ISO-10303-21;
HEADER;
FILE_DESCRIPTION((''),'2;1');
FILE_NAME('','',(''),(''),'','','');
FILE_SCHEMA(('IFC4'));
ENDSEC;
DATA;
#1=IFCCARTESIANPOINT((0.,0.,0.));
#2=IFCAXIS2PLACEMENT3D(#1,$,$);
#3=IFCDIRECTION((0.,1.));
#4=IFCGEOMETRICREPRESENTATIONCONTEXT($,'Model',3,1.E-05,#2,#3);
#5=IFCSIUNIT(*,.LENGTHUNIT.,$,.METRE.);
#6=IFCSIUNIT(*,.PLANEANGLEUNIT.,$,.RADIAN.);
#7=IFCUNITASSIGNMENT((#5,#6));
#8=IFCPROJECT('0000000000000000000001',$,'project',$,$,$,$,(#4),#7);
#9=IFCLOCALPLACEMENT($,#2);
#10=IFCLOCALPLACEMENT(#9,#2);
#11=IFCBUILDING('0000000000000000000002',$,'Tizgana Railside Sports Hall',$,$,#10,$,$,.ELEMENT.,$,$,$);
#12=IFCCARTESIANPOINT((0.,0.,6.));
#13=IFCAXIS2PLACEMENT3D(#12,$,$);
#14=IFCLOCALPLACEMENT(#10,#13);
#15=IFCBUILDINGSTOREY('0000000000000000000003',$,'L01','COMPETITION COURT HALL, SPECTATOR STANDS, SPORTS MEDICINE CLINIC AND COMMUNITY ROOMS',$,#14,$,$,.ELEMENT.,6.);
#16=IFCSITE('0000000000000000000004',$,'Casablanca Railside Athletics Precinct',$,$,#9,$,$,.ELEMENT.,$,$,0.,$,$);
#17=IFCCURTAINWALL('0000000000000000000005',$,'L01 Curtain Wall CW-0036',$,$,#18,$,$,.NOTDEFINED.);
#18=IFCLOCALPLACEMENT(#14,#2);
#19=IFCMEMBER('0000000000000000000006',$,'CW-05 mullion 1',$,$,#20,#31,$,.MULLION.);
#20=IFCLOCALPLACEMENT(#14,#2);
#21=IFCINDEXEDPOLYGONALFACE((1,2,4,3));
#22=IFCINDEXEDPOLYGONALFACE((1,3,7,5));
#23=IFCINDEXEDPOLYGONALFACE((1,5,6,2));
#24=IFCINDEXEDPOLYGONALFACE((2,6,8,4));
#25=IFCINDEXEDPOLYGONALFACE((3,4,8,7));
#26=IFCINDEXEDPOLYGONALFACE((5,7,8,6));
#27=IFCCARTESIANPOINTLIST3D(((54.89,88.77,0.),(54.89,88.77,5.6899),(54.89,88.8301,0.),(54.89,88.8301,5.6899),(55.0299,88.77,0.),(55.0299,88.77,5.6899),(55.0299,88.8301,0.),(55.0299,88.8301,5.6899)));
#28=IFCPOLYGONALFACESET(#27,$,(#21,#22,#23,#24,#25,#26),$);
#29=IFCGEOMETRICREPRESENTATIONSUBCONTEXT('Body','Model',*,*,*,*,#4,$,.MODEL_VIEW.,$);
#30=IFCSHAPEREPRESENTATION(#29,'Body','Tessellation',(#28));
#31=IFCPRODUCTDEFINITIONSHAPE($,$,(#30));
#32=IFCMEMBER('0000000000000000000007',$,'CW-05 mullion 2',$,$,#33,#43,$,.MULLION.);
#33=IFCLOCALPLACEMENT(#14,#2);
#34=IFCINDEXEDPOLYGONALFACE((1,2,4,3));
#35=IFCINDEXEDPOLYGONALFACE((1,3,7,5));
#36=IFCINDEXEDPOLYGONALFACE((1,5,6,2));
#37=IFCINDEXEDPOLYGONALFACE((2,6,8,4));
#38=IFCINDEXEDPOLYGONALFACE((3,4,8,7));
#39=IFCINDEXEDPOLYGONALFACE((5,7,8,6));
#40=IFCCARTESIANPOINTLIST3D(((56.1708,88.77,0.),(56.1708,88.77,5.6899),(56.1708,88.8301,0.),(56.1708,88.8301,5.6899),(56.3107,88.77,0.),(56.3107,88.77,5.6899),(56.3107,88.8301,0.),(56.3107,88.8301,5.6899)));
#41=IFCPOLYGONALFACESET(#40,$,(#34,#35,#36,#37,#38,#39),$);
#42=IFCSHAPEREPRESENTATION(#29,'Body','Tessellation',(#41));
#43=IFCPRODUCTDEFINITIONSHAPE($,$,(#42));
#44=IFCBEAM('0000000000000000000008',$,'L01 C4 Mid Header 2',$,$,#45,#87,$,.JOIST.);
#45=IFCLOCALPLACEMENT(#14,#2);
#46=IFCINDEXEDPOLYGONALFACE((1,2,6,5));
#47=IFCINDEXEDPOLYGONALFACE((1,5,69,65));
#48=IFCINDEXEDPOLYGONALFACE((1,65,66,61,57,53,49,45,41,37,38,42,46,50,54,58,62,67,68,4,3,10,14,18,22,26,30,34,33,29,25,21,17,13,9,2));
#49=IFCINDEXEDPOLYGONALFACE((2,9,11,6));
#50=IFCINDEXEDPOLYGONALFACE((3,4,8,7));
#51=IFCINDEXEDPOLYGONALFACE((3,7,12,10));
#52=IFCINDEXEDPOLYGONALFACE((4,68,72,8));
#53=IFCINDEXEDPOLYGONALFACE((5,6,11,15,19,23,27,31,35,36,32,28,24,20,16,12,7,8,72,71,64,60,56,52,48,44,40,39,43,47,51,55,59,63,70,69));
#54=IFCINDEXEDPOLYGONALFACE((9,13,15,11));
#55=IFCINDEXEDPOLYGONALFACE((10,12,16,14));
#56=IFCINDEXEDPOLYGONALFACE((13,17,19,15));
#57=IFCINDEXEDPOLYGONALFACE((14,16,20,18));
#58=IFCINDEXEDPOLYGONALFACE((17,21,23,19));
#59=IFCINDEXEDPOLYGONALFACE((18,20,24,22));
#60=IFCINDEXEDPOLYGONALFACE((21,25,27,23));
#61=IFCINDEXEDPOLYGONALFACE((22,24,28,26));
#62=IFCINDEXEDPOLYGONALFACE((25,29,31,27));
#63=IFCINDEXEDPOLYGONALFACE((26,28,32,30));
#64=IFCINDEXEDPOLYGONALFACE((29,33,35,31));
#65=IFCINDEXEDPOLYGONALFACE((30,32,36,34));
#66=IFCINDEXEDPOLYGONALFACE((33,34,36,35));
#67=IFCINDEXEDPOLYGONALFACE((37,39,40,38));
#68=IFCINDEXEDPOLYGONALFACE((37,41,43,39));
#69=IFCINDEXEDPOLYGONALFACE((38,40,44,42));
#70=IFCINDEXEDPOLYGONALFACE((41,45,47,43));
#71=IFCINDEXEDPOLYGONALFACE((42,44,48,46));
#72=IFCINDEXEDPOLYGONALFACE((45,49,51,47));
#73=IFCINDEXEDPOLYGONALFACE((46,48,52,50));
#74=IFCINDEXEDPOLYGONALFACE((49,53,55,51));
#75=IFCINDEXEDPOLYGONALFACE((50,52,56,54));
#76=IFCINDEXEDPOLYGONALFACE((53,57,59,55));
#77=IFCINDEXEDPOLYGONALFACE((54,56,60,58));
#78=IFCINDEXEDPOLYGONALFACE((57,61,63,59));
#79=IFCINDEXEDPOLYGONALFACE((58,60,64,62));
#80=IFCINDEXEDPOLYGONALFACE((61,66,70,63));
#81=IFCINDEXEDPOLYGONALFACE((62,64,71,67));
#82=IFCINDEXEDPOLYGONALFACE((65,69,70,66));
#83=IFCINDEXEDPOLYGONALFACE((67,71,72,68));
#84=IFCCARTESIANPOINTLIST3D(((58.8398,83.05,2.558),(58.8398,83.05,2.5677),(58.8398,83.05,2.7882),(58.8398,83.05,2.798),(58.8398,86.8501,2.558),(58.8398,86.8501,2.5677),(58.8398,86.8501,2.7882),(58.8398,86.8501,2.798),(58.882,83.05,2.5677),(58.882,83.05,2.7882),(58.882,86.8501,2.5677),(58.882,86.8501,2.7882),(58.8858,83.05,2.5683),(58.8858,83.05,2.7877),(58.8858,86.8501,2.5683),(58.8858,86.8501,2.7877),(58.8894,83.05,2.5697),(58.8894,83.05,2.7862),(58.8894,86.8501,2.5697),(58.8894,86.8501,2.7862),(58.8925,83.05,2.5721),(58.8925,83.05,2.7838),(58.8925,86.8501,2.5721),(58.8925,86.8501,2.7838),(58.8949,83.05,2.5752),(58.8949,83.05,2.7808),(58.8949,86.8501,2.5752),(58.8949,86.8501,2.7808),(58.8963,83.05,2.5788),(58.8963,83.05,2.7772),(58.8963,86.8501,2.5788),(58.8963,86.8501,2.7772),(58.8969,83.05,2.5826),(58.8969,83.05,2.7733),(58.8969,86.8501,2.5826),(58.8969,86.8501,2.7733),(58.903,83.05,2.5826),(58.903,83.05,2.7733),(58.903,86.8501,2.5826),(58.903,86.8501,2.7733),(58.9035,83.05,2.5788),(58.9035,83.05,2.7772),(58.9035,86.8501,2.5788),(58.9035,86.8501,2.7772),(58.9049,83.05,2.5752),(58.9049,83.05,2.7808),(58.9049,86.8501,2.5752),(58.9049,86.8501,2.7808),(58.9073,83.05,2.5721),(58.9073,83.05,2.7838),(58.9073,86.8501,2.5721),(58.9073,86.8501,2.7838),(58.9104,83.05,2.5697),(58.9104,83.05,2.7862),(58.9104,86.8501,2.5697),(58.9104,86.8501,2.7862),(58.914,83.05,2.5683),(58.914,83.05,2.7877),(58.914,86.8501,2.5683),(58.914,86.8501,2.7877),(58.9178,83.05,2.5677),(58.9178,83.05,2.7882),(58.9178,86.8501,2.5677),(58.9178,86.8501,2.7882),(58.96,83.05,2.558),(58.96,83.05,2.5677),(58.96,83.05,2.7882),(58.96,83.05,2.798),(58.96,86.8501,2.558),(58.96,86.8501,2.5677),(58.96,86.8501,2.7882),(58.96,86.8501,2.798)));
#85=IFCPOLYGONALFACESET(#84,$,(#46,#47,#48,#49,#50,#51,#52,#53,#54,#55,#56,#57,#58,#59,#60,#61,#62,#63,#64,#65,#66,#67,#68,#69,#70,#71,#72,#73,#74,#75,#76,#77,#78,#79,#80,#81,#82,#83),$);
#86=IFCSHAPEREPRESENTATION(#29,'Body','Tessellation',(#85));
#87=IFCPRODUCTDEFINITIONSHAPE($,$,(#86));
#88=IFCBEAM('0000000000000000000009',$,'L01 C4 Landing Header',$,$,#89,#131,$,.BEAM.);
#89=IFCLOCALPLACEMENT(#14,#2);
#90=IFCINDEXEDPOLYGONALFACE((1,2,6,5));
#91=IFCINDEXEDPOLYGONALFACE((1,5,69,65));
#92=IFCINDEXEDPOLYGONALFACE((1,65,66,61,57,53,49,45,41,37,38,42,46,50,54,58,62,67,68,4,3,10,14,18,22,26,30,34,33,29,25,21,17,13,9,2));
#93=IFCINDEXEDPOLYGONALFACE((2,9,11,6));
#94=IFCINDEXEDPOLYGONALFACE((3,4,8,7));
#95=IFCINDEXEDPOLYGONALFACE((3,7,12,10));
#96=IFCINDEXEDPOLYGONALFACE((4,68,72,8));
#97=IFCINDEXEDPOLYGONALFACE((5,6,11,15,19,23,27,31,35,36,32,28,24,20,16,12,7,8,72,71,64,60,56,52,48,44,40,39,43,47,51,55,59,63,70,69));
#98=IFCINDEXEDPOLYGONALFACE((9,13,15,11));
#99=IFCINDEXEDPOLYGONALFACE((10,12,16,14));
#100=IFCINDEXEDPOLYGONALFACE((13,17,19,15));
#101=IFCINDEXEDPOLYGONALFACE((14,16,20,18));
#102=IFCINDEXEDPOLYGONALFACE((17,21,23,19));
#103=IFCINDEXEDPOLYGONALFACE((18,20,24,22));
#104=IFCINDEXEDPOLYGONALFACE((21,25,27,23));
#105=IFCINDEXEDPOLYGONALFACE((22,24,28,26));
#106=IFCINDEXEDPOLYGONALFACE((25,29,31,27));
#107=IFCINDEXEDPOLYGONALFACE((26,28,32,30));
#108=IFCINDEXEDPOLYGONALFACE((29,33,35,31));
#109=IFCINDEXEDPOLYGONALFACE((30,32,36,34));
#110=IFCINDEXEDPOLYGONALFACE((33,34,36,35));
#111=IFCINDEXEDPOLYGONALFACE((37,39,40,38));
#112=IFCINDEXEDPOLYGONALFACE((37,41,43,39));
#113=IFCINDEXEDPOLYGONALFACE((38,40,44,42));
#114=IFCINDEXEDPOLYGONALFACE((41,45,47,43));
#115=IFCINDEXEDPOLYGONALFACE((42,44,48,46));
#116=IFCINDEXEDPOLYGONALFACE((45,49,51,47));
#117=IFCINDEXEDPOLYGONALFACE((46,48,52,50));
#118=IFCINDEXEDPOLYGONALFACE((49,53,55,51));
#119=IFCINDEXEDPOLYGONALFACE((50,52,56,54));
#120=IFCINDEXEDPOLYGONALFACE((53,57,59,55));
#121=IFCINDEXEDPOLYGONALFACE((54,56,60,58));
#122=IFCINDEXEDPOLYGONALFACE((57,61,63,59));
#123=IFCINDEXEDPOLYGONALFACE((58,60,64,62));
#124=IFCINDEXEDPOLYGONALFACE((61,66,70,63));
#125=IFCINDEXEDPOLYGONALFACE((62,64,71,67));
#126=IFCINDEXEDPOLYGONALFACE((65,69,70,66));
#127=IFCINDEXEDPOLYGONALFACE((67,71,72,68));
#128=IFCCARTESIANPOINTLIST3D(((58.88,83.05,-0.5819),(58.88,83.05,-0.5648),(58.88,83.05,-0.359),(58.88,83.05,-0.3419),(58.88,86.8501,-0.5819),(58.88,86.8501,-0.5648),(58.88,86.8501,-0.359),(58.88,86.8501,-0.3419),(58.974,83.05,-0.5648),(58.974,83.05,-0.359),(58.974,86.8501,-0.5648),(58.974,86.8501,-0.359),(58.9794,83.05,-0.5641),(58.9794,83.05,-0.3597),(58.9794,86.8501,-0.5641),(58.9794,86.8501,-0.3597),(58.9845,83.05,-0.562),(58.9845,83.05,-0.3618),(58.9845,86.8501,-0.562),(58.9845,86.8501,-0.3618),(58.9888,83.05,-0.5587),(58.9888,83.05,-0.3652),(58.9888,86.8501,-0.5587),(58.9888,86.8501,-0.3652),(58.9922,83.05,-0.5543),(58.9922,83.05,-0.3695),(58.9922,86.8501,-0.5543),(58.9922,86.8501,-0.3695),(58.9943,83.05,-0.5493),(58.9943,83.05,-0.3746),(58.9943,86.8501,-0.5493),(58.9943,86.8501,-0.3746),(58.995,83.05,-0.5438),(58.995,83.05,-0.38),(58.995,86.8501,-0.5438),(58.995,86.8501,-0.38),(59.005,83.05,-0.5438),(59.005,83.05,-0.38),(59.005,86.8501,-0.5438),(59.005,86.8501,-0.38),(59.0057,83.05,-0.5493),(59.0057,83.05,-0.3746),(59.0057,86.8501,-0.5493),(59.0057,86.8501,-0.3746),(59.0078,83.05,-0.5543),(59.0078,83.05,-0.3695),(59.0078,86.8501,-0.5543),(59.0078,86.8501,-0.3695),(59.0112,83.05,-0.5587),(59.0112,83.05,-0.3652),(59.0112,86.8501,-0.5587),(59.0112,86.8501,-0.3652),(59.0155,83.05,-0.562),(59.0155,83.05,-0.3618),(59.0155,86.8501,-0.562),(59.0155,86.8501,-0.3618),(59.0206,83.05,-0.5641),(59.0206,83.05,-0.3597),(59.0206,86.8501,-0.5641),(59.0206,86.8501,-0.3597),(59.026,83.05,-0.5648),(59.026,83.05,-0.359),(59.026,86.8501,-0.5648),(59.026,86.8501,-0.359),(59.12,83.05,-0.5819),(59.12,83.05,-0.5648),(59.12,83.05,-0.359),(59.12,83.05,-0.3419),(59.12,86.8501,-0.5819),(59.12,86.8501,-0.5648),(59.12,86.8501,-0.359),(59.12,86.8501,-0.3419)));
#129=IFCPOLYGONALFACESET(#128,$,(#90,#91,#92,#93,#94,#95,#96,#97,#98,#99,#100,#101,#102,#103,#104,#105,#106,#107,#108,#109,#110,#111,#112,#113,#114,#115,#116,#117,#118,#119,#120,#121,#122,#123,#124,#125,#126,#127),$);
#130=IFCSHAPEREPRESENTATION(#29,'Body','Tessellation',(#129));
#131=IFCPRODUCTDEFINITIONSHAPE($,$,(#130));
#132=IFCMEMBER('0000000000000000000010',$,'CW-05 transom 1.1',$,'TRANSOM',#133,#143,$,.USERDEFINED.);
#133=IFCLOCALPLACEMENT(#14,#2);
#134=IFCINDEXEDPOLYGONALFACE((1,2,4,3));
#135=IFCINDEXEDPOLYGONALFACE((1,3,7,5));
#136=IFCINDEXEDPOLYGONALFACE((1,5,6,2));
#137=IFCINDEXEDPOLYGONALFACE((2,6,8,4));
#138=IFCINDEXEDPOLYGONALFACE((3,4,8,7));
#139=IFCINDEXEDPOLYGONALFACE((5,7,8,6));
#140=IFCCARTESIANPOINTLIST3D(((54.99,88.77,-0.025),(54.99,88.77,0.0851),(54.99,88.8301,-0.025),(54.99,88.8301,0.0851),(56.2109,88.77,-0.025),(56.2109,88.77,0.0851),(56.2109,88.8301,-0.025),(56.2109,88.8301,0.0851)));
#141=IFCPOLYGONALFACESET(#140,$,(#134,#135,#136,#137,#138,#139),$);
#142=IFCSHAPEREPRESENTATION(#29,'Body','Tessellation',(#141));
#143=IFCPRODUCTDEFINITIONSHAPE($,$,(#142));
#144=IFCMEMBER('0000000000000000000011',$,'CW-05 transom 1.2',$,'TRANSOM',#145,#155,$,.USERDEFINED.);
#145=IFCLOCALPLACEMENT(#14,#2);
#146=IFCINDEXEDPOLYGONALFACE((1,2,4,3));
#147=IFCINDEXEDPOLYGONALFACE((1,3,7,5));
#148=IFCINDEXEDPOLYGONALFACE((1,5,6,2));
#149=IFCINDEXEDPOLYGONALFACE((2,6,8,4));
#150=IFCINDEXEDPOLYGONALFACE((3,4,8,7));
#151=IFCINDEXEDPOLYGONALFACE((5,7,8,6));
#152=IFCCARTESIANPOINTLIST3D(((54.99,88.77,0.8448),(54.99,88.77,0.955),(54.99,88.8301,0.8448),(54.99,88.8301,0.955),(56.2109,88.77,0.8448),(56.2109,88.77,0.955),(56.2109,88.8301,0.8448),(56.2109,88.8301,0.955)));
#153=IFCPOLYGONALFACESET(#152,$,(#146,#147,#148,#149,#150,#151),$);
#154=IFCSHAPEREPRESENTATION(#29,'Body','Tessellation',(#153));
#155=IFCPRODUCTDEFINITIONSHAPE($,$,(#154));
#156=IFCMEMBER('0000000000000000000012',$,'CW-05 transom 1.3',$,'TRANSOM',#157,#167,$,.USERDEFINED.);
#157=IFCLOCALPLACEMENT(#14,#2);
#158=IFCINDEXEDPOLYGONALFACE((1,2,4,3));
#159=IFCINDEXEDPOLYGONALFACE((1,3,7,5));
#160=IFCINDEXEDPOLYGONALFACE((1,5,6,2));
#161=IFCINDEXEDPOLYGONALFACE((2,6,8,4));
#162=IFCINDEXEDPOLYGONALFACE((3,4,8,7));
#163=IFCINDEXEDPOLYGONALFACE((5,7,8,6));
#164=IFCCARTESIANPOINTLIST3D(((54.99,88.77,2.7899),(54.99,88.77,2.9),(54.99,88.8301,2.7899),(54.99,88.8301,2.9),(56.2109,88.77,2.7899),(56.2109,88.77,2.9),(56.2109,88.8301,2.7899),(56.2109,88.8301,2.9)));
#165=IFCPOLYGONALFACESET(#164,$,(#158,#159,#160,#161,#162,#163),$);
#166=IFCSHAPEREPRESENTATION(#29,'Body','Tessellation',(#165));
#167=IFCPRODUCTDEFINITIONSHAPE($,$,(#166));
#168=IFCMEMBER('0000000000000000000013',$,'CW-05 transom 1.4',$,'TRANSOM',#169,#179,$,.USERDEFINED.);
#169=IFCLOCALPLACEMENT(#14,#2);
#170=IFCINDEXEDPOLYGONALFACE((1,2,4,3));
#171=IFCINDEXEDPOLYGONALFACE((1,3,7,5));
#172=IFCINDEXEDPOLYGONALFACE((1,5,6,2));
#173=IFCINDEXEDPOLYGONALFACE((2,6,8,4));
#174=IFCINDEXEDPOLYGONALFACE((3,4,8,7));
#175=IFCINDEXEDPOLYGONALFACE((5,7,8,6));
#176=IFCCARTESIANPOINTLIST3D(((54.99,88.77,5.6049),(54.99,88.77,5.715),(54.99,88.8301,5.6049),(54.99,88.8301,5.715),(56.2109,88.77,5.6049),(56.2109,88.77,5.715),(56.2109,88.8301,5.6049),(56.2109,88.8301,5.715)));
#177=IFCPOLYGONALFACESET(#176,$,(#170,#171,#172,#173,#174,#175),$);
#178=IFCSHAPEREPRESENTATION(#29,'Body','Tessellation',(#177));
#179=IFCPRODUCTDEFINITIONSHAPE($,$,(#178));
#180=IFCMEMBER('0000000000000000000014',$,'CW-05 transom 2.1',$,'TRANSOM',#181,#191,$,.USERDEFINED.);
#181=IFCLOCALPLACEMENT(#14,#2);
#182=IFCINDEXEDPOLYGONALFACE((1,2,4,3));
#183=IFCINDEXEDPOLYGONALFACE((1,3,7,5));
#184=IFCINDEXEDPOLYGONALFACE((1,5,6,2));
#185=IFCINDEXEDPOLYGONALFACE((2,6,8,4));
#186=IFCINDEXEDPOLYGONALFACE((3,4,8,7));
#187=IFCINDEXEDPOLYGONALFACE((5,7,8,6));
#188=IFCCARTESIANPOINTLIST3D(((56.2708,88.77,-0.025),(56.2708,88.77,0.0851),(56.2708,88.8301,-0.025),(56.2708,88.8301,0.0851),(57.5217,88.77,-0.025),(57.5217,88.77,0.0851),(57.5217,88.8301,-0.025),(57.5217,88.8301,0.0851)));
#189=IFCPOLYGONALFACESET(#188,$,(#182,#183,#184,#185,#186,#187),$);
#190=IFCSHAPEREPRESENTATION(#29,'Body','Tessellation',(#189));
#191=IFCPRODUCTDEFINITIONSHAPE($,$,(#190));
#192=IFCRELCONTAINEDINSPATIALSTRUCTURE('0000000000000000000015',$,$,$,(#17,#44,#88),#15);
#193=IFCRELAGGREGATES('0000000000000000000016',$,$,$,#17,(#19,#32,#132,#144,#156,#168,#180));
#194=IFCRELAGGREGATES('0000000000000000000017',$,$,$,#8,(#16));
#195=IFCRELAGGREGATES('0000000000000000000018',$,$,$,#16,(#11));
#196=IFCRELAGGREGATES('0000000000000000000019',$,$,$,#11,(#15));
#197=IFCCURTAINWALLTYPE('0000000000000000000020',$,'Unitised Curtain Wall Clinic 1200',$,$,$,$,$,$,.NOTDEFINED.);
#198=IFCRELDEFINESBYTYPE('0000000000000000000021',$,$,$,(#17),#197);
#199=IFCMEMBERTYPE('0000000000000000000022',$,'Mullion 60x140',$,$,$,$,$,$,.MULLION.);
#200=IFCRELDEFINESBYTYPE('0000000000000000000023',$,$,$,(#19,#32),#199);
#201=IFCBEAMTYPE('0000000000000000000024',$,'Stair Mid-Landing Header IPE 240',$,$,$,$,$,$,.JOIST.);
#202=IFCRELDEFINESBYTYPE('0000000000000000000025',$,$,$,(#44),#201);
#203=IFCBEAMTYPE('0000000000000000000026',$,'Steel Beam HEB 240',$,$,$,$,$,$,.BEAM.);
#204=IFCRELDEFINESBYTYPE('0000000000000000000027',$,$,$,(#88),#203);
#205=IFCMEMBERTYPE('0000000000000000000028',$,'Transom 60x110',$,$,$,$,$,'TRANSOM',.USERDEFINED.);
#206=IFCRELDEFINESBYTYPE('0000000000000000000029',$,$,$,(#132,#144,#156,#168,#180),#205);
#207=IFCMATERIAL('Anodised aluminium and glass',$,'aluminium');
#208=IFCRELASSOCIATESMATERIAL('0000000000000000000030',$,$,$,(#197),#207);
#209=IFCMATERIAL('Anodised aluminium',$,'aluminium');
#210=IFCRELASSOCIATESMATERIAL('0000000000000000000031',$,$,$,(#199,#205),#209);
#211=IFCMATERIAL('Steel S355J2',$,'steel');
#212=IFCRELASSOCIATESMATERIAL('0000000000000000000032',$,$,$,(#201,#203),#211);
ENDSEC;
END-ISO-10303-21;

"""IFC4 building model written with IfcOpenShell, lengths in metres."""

from ifc_helpers import new_model, si_unit, direction, frame, origin, origin_2d, place, context, subcontext, project, spatial, rectangle, i_section, extrude, material, material_profile, profile_set, type_object, element, aggregate, save


model = new_model("IFC4")

# Units and contexts
model_context = context("Model", 3, precision=1e-05, world=origin(), true_north=direction((0.0, 1.0)))
body_context = subcontext(model_context, "Body", "Model", "MODEL_VIEW")
ifc_project = project(units=[si_unit("LENGTHUNIT", "METRE"), si_unit("PLANEANGLEUNIT", "RADIAN")], contexts=[model_context])

# Site, building, storey
site_placement = place(None, origin())
site = spatial("IfcSite", under=ifc_project, at=site_placement, Name="Casablanca Railside Athletics Precinct", CompositionType="ELEMENT", RefElevation=0.0)
building_placement = place(site_placement, origin())
building = spatial("IfcBuilding", under=site, at=building_placement, Name="Tizgana Railside Sports Hall", CompositionType="ELEMENT")
storey_placement = place(building_placement, frame((0.0, 0.0, 6.0)))
storey = spatial("IfcBuildingStorey", under=building, at=storey_placement, Name="L01", Description="COMPETITION COURT HALL, SPECTATOR STANDS, SPORTS MEDICINE CLINIC AND COMMUNITY ROOMS", CompositionType="ELEMENT", Elevation=6.0)

# Curtain wall, members
ifc_material_1 = material(Name="Anodised aluminium and glass", Category="aluminium")
curtain_wall_type = type_object("IfcCurtainWallType", Name="Unitised Curtain Wall Clinic 1200", PredefinedType="NOTDEFINED", material=ifc_material_1)
curtain_wall_placement = place(storey_placement, origin())
curtain_wall = element("IfcCurtainWall", 1, at=curtain_wall_placement, inside=storey, type_object=curtain_wall_type, Name="L01 Curtain Wall CW-0036", PredefinedType="NOTDEFINED")
ifc_material_2 = material(Name="Anodised aluminium", Category="aluminium")
ifc_material_profile_1 = material_profile(ifc_material_2, rectangle(XDim=0.0601, YDim=0.1399, at=origin_2d()), Name="Mullion 60x140")
ifc_profile_set_1 = profile_set([ifc_material_profile_1], Name="Anodised aluminium")
member_type_1 = type_object("IfcMemberType", Name="Mullion 60x140", PredefinedType="MULLION", material=ifc_profile_set_1)
member_1_placement = place(storey_placement, frame((54.96, 88.8, 0.0), z_axis=(0.0, 0.0, 1.0), x_axis=(0.0, 1.0, 0.0)))
member_1 = element("IfcMember", 2, at=member_1_placement, type_object=member_type_1, Name="CW-05 mullion 1", PredefinedType="MULLION", context=body_context, shape_type="SweptSolid", body=[
    extrude(rectangle(XDim=0.0601, YDim=0.1399, at=origin_2d()), origin(), (0.0, 0.0, 1.0), 5.6899),
])
member_2_placement = place(storey_placement, frame((56.2407, 88.8, 0.0), z_axis=(0.0, 0.0, 1.0), x_axis=(0.0, 1.0, 0.0)))
member_2 = element("IfcMember", 3, at=member_2_placement, type_object=member_type_1, Name="CW-05 mullion 2", PredefinedType="MULLION", context=body_context, shape_type="SweptSolid", body=[
    extrude(rectangle(XDim=0.0601, YDim=0.1399, at=origin_2d()), origin(), (0.0, 0.0, 1.0), 5.6899),
])

# Beams
ifc_material_3 = material(Name="Steel S355J2", Category="steel")
ifc_material_profile_2 = material_profile(ifc_material_3, i_section(OverallWidth=0.1201, OverallDepth=0.24, WebThickness=0.0061, FlangeThickness=0.0098, FilletRadius=0.0149, at=origin_2d()), Name="IPE 240")
ifc_profile_set_2 = profile_set([ifc_material_profile_2], Name="Steel S355J2")
beam_type_1 = type_object("IfcBeamType", Name="Stair Mid-Landing Header IPE 240", PredefinedType="JOIST", material=ifc_profile_set_2)
beam_1_placement = place(storey_placement, frame((58.8999, 83.05, 2.678), z_axis=(0.0, 1.0, 0.0), x_axis=(-1.0, 0.0, 0.0)))
element("IfcBeam", 4, at=beam_1_placement, inside=storey, type_object=beam_type_1, Name="L01 C4 Mid Header 2", PredefinedType="JOIST", context=body_context, shape_type="SweptSolid", body=[
    extrude(i_section(OverallWidth=0.1201, OverallDepth=0.24, WebThickness=0.0061, FlangeThickness=0.0098, FilletRadius=0.0149, at=origin_2d()), origin(), (0.0, 0.0, 1.0), 3.8),
])
ifc_material_profile_3 = material_profile(ifc_material_3, i_section(OverallWidth=0.24, OverallDepth=0.24, WebThickness=0.01, FlangeThickness=0.0171, FilletRadius=0.021, at=origin_2d()), Name="HEB 240")
ifc_profile_set_3 = profile_set([ifc_material_profile_3], Name="Steel S355J2")
beam_type_2 = type_object("IfcBeamType", Name="Steel Beam HEB 240", PredefinedType="BEAM", material=ifc_profile_set_3)
beam_2_placement = place(storey_placement, frame((59.0, 83.05, -0.4619), z_axis=(0.0, 1.0, 0.0), x_axis=(-1.0, 0.0, 0.0)))
element("IfcBeam", 5, at=beam_2_placement, inside=storey, type_object=beam_type_2, Name="L01 C4 Landing Header", PredefinedType="BEAM", context=body_context, shape_type="SweptSolid", body=[
    extrude(i_section(OverallWidth=0.24, OverallDepth=0.24, WebThickness=0.01, FlangeThickness=0.0171, FilletRadius=0.021, at=origin_2d()), origin(), (0.0, 0.0, 1.0), 3.8),
])

# Members
ifc_material_profile_4 = material_profile(ifc_material_2, rectangle(XDim=0.0601, YDim=0.1101, at=origin_2d()), Name="Transom 60x110")
ifc_profile_set_4 = profile_set([ifc_material_profile_4], Name="Anodised aluminium")
member_type_2 = type_object("IfcMemberType", Name="Transom 60x110", ElementType="TRANSOM", PredefinedType="USERDEFINED", material=ifc_profile_set_4)
member_3_placement = place(storey_placement, frame((54.99, 88.8, 0.03), z_axis=(1.0, 0.0, 0.0), x_axis=(0.0, 1.0, 0.0)))
member_3 = element("IfcMember", 6, at=member_3_placement, type_object=member_type_2, Name="CW-05 transom 1.1", ObjectType="TRANSOM", PredefinedType="USERDEFINED", context=body_context, shape_type="SweptSolid", body=[
    extrude(rectangle(XDim=0.0601, YDim=0.1101, at=origin_2d()), origin(), (0.0, 0.0, 1.0), 1.2209),
])
member_4_placement = place(storey_placement, frame((54.99, 88.8, 0.8999), z_axis=(1.0, 0.0, 0.0), x_axis=(0.0, 1.0, 0.0)))
member_4 = element("IfcMember", 7, at=member_4_placement, type_object=member_type_2, Name="CW-05 transom 1.2", ObjectType="TRANSOM", PredefinedType="USERDEFINED", context=body_context, shape_type="SweptSolid", body=[
    extrude(rectangle(XDim=0.0601, YDim=0.1101, at=origin_2d()), origin(), (0.0, 0.0, 1.0), 1.2209),
])
member_5_placement = place(storey_placement, frame((54.99, 88.8, 2.845), z_axis=(1.0, 0.0, 0.0), x_axis=(0.0, 1.0, 0.0)))
member_5 = element("IfcMember", 8, at=member_5_placement, type_object=member_type_2, Name="CW-05 transom 1.3", ObjectType="TRANSOM", PredefinedType="USERDEFINED", context=body_context, shape_type="SweptSolid", body=[
    extrude(rectangle(XDim=0.0601, YDim=0.1101, at=origin_2d()), origin(), (0.0, 0.0, 1.0), 1.2209),
])
member_6_placement = place(storey_placement, frame((54.99, 88.8, 5.6599), z_axis=(1.0, 0.0, 0.0), x_axis=(0.0, 1.0, 0.0)))
member_6 = element("IfcMember", 9, at=member_6_placement, type_object=member_type_2, Name="CW-05 transom 1.4", ObjectType="TRANSOM", PredefinedType="USERDEFINED", context=body_context, shape_type="SweptSolid", body=[
    extrude(rectangle(XDim=0.0601, YDim=0.1101, at=origin_2d()), origin(), (0.0, 0.0, 1.0), 1.2209),
])
member_7_placement = place(storey_placement, frame((56.2708, 88.8, 0.03), z_axis=(1.0, 0.0, 0.0), x_axis=(0.0, 1.0, 0.0)))
member_7 = element("IfcMember", 10, at=member_7_placement, type_object=member_type_2, Name="CW-05 transom 2.1", ObjectType="TRANSOM", PredefinedType="USERDEFINED", context=body_context, shape_type="SweptSolid", body=[
    extrude(rectangle(XDim=0.0601, YDim=0.1101, at=origin_2d()), origin(), (0.0, 0.0, 1.0), 1.251),
])

aggregate(curtain_wall, [member_1, member_2, member_3, member_4, member_5, member_6, member_7])

save(model, "model.ifc")
